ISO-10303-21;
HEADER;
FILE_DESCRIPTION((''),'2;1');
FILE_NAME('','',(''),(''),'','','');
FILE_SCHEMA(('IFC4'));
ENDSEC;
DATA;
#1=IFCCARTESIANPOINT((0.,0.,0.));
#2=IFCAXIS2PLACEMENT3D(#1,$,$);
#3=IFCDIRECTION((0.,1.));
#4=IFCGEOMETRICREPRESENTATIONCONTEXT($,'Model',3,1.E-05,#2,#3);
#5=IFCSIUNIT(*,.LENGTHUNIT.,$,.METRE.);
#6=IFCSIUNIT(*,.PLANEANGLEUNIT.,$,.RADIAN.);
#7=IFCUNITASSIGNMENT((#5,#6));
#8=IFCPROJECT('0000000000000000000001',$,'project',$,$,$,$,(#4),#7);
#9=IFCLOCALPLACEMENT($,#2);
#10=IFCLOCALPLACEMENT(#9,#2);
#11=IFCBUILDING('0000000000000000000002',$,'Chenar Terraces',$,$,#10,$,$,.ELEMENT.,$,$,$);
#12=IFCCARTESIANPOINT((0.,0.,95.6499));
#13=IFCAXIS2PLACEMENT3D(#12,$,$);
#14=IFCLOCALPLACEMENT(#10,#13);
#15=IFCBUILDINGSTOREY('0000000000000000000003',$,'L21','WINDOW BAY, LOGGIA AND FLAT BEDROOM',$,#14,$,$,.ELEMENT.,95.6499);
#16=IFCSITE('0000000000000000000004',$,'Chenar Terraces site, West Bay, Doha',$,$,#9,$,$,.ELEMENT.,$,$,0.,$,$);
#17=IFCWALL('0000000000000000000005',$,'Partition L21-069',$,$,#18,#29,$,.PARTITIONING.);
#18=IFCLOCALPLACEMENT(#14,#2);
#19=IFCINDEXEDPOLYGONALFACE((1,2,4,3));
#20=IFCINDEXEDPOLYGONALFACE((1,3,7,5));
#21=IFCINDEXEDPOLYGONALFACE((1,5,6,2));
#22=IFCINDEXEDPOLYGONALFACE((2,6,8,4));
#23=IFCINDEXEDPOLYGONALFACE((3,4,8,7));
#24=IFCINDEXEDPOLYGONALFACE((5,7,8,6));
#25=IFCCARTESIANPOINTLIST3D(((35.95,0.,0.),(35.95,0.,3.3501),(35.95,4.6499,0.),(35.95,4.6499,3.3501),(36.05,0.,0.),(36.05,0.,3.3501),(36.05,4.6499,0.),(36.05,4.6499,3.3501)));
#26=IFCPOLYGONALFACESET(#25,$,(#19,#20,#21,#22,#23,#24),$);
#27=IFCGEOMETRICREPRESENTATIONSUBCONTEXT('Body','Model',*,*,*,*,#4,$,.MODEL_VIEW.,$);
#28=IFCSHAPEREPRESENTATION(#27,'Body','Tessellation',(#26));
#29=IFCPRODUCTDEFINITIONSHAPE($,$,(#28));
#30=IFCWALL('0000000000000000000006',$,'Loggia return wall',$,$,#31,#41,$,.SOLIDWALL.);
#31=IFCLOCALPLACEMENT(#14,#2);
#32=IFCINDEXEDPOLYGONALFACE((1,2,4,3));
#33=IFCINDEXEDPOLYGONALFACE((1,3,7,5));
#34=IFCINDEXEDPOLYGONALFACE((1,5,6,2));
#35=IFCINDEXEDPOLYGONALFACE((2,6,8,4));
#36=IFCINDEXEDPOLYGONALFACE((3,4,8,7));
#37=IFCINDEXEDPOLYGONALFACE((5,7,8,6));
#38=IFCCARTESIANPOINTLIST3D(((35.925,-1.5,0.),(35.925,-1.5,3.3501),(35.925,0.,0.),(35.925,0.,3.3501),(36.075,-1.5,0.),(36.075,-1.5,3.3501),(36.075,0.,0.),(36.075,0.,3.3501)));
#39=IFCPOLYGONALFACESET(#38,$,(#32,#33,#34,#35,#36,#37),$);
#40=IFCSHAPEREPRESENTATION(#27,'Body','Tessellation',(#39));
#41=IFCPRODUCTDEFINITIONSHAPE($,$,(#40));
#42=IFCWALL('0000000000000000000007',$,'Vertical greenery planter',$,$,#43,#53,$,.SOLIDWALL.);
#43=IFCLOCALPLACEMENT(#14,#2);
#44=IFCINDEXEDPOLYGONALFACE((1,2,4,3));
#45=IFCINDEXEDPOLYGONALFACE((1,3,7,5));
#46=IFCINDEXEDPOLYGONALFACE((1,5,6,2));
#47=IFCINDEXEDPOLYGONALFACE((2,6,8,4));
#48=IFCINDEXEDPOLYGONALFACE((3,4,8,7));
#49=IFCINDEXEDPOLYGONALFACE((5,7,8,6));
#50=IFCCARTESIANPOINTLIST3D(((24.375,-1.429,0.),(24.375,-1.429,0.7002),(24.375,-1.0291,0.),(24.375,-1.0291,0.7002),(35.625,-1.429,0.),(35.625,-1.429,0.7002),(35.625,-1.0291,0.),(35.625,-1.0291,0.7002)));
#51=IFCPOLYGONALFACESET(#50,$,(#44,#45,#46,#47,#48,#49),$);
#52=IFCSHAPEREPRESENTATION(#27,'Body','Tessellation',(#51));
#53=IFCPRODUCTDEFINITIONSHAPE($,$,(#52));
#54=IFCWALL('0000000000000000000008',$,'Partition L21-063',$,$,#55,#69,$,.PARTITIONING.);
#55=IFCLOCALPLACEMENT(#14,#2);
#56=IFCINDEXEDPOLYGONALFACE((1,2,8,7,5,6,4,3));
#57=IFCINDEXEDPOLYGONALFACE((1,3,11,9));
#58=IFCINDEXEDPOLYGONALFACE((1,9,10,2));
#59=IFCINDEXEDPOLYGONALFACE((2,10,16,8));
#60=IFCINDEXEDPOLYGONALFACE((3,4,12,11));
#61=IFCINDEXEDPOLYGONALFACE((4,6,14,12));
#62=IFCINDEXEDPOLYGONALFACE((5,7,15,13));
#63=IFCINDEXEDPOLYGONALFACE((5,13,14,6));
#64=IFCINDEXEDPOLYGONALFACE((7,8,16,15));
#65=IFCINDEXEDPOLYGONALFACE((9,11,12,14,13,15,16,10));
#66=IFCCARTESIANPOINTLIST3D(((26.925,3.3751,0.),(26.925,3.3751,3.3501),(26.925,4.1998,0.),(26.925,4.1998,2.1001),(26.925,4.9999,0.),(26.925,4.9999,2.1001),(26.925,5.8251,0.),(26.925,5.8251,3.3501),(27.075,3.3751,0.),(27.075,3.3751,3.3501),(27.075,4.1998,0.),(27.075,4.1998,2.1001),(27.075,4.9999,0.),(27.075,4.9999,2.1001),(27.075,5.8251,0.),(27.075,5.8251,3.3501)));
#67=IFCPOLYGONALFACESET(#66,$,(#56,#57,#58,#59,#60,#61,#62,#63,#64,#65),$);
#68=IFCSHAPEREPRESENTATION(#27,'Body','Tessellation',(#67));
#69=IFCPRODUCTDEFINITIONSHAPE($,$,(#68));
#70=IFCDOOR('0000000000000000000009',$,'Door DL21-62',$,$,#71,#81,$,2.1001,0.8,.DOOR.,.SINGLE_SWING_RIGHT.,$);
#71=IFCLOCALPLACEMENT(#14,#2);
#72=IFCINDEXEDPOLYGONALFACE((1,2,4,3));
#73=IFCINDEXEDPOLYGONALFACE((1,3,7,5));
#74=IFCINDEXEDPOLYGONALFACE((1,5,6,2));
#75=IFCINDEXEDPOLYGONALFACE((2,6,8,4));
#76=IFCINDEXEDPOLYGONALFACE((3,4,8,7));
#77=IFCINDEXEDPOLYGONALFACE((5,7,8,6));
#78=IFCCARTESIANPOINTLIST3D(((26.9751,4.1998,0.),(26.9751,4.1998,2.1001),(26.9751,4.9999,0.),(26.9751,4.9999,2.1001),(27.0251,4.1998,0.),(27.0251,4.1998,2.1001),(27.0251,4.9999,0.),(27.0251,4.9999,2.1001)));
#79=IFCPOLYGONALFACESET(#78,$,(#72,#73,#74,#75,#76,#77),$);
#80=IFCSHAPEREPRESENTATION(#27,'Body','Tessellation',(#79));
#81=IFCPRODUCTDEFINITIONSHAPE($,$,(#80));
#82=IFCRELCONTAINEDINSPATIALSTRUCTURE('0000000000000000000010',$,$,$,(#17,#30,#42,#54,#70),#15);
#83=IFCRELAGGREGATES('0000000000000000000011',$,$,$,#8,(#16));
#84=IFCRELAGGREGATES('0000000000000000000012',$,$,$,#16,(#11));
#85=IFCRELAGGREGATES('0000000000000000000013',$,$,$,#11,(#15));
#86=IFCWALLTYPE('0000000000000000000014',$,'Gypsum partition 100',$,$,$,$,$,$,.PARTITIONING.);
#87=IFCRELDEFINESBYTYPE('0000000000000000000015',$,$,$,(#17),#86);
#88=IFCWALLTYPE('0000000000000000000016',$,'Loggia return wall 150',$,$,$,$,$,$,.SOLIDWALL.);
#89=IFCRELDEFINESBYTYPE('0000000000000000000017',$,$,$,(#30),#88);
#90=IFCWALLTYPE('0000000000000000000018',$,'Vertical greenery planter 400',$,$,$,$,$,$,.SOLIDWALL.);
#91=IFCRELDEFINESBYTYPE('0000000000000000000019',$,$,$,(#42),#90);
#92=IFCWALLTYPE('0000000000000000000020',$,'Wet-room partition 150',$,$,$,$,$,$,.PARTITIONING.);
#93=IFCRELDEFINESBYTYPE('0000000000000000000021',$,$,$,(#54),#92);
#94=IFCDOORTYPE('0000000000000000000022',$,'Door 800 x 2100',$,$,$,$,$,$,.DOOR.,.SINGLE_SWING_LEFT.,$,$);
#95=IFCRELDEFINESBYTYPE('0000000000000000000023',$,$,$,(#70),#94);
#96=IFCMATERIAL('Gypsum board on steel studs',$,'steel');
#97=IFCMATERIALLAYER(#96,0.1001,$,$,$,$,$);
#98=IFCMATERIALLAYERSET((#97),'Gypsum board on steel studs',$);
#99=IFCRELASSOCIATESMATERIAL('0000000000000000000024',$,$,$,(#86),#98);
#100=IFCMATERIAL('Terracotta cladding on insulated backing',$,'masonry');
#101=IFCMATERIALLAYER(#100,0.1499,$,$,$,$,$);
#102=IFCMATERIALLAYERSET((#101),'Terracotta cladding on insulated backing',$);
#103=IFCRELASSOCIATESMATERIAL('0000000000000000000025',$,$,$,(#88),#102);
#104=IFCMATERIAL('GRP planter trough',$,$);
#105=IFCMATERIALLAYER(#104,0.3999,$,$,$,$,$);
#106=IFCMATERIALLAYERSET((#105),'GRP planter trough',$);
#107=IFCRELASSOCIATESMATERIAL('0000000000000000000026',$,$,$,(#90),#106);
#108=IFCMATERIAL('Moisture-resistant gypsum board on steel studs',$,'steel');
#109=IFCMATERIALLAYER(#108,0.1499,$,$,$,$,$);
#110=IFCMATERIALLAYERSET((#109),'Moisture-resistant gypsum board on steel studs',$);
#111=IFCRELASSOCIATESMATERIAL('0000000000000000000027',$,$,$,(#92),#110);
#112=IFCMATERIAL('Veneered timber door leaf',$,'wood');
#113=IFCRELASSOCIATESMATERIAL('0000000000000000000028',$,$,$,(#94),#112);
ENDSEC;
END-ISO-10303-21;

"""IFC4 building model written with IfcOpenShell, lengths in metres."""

from ifc_helpers import new_model, si_unit, direction, frame, frame_2d, origin, place, context, subcontext, project, spatial, rectangle, extrude, material, layer, layer_set, type_object, element, fill, save


model = new_model("IFC4")

# Units and contexts
model_context = context("Model", 3, precision=1e-05, world=origin(), true_north=direction((0.0, 1.0)))
body_context = subcontext(model_context, "Body", "Model", "MODEL_VIEW")
ifc_project = project(units=[si_unit("LENGTHUNIT", "METRE"), si_unit("PLANEANGLEUNIT", "RADIAN")], contexts=[model_context])

# Site, building, storey
site_placement = place(None, origin())
site = spatial("IfcSite", under=ifc_project, at=site_placement, Name="Chenar Terraces site, West Bay, Doha", CompositionType="ELEMENT", RefElevation=0.0)
building_placement = place(site_placement, origin())
building = spatial("IfcBuilding", under=site, at=building_placement, Name="Chenar Terraces", CompositionType="ELEMENT")
storey_placement = place(building_placement, frame((0.0, 0.0, 95.6499)))
storey = spatial("IfcBuildingStorey", under=building, at=storey_placement, Name="L21", Description="WINDOW BAY, LOGGIA AND FLAT BEDROOM", CompositionType="ELEMENT", Elevation=95.6499)

# Shared definitions
ifc_material_1 = material(Name="Gypsum board on steel studs", Category="steel")
ifc_layer_1 = layer(ifc_material_1, 0.1001)
ifc_layer_set_1 = layer_set([ifc_layer_1], Name="Gypsum board on steel studs")
wall_type_1 = type_object("IfcWallType", Name="Gypsum partition 100", PredefinedType="PARTITIONING", material=ifc_layer_set_1)

# Walls
wall_1_placement = place(storey_placement, frame((36.0, 0.0, 0.0), z_axis=(0.0, 0.0, 1.0), x_axis=(0.0, 1.0, 0.0)))
element("IfcWall", 1, at=wall_1_placement, inside=storey, type_object=wall_type_1, Name="Partition L21-069", PredefinedType="PARTITIONING", context=body_context, shape_type="SweptSolid", body=[
    extrude(rectangle(XDim=4.6499, YDim=0.1001, at=frame_2d((2.325, 0.0))), origin(), (0.0, 0.0, 1.0), 3.3501),
])
ifc_material_2 = material(Name="Terracotta cladding on insulated backing", Category="masonry")
ifc_layer_2 = layer(ifc_material_2, 0.1499)
ifc_layer_set_2 = layer_set([ifc_layer_2], Name="Terracotta cladding on insulated backing")
wall_type_2 = type_object("IfcWallType", Name="Loggia return wall 150", PredefinedType="SOLIDWALL", material=ifc_layer_set_2)
wall_2_placement = place(storey_placement, frame((36.0, -1.5, 0.0), z_axis=(0.0, 0.0, 1.0), x_axis=(0.0, 1.0, 0.0)))
element("IfcWall", 2, at=wall_2_placement, inside=storey, type_object=wall_type_2, Name="Loggia return wall", PredefinedType="SOLIDWALL", context=body_context, shape_type="SweptSolid", body=[
    extrude(rectangle(XDim=1.5, YDim=0.1499, at=frame_2d((0.75, 0.0))), origin(), (0.0, 0.0, 1.0), 3.3501),
])
ifc_material_3 = material(Name="GRP planter trough")
ifc_layer_3 = layer(ifc_material_3, 0.3999)
ifc_layer_set_3 = layer_set([ifc_layer_3], Name="GRP planter trough")
wall_type_3 = type_object("IfcWallType", Name="Vertical greenery planter 400", PredefinedType="SOLIDWALL", material=ifc_layer_set_3)
wall_3_placement = place(storey_placement, frame((24.375, -1.229, 0.0), z_axis=(0.0, 0.0, 1.0), x_axis=(1.0, 0.0, 0.0)))
element("IfcWall", 3, at=wall_3_placement, inside=storey, type_object=wall_type_3, Name="Vertical greenery planter", PredefinedType="SOLIDWALL", context=body_context, shape_type="SweptSolid", body=[
    extrude(rectangle(XDim=11.25, YDim=0.3999, at=frame_2d((5.625, 0.0))), origin(), (0.0, 0.0, 1.0), 0.7002),
])

# Wall, opening, door
ifc_material_4 = material(Name="Moisture-resistant gypsum board on steel studs", Category="steel")
ifc_layer_4 = layer(ifc_material_4, 0.1499)
ifc_layer_set_4 = layer_set([ifc_layer_4], Name="Moisture-resistant gypsum board on steel studs")
wall_type_4 = type_object("IfcWallType", Name="Wet-room partition 150", PredefinedType="PARTITIONING", material=ifc_layer_set_4)
wall_4_placement = place(storey_placement, frame((27.0, 3.375, 0.0), z_axis=(0.0, 0.0, 1.0), x_axis=(0.0, 1.0, 0.0)))
wall_4 = element("IfcWall", 4, at=wall_4_placement, inside=storey, type_object=wall_type_4, Name="Partition L21-063", PredefinedType="PARTITIONING", context=body_context, shape_type="SweptSolid", body=[
    extrude(rectangle(XDim=2.45, YDim=0.1499, at=frame_2d((1.2251, 0.0))), origin(), (0.0, 0.0, 1.0), 3.3501),
])
opening_1_placement = place(wall_4_placement, frame((0.825, 0.0, 0.0)))
opening_1 = element("IfcOpeningElement", 5, at=opening_1_placement, cuts=wall_4, PredefinedType="OPENING", context=body_context, shape_type="SweptSolid", body=[
    extrude(rectangle(XDim=0.8, YDim=2.1001, at=frame_2d((0.3999, 1.05))), frame((0.0, 0.085, 0.0), z_axis=(0.0, -1.0, 0.0), x_axis=(1.0, 0.0, 0.0)), (0.0, 0.0, 1.0), 0.1699),
])
ifc_material_5 = material(Name="Veneered timber door leaf", Category="wood")
door_type_1 = type_object("IfcDoorType", Name="Door 800 x 2100", OperationType="SINGLE_SWING_LEFT", PredefinedType="DOOR", material=ifc_material_5)
door_1_placement = place(opening_1_placement, origin())
door_1 = element("IfcDoor", 6, at=door_1_placement, inside=storey, type_object=door_type_1, Name="Door DL21-62", OperationType="SINGLE_SWING_RIGHT", OverallHeight=2.1001, OverallWidth=0.8, PredefinedType="DOOR", context=body_context, shape_type="SweptSolid", body=[
    extrude(rectangle(XDim=0.8, YDim=2.1001, at=frame_2d((0.3999, 1.05))), frame((0.0, 0.0249, 0.0), z_axis=(0.0, -1.0, 0.0), x_axis=(1.0, 0.0, 0.0)), (0.0, 0.0, 1.0), 0.05),
])
fill(opening_1, door_1)

save(model, "model.ifc")
